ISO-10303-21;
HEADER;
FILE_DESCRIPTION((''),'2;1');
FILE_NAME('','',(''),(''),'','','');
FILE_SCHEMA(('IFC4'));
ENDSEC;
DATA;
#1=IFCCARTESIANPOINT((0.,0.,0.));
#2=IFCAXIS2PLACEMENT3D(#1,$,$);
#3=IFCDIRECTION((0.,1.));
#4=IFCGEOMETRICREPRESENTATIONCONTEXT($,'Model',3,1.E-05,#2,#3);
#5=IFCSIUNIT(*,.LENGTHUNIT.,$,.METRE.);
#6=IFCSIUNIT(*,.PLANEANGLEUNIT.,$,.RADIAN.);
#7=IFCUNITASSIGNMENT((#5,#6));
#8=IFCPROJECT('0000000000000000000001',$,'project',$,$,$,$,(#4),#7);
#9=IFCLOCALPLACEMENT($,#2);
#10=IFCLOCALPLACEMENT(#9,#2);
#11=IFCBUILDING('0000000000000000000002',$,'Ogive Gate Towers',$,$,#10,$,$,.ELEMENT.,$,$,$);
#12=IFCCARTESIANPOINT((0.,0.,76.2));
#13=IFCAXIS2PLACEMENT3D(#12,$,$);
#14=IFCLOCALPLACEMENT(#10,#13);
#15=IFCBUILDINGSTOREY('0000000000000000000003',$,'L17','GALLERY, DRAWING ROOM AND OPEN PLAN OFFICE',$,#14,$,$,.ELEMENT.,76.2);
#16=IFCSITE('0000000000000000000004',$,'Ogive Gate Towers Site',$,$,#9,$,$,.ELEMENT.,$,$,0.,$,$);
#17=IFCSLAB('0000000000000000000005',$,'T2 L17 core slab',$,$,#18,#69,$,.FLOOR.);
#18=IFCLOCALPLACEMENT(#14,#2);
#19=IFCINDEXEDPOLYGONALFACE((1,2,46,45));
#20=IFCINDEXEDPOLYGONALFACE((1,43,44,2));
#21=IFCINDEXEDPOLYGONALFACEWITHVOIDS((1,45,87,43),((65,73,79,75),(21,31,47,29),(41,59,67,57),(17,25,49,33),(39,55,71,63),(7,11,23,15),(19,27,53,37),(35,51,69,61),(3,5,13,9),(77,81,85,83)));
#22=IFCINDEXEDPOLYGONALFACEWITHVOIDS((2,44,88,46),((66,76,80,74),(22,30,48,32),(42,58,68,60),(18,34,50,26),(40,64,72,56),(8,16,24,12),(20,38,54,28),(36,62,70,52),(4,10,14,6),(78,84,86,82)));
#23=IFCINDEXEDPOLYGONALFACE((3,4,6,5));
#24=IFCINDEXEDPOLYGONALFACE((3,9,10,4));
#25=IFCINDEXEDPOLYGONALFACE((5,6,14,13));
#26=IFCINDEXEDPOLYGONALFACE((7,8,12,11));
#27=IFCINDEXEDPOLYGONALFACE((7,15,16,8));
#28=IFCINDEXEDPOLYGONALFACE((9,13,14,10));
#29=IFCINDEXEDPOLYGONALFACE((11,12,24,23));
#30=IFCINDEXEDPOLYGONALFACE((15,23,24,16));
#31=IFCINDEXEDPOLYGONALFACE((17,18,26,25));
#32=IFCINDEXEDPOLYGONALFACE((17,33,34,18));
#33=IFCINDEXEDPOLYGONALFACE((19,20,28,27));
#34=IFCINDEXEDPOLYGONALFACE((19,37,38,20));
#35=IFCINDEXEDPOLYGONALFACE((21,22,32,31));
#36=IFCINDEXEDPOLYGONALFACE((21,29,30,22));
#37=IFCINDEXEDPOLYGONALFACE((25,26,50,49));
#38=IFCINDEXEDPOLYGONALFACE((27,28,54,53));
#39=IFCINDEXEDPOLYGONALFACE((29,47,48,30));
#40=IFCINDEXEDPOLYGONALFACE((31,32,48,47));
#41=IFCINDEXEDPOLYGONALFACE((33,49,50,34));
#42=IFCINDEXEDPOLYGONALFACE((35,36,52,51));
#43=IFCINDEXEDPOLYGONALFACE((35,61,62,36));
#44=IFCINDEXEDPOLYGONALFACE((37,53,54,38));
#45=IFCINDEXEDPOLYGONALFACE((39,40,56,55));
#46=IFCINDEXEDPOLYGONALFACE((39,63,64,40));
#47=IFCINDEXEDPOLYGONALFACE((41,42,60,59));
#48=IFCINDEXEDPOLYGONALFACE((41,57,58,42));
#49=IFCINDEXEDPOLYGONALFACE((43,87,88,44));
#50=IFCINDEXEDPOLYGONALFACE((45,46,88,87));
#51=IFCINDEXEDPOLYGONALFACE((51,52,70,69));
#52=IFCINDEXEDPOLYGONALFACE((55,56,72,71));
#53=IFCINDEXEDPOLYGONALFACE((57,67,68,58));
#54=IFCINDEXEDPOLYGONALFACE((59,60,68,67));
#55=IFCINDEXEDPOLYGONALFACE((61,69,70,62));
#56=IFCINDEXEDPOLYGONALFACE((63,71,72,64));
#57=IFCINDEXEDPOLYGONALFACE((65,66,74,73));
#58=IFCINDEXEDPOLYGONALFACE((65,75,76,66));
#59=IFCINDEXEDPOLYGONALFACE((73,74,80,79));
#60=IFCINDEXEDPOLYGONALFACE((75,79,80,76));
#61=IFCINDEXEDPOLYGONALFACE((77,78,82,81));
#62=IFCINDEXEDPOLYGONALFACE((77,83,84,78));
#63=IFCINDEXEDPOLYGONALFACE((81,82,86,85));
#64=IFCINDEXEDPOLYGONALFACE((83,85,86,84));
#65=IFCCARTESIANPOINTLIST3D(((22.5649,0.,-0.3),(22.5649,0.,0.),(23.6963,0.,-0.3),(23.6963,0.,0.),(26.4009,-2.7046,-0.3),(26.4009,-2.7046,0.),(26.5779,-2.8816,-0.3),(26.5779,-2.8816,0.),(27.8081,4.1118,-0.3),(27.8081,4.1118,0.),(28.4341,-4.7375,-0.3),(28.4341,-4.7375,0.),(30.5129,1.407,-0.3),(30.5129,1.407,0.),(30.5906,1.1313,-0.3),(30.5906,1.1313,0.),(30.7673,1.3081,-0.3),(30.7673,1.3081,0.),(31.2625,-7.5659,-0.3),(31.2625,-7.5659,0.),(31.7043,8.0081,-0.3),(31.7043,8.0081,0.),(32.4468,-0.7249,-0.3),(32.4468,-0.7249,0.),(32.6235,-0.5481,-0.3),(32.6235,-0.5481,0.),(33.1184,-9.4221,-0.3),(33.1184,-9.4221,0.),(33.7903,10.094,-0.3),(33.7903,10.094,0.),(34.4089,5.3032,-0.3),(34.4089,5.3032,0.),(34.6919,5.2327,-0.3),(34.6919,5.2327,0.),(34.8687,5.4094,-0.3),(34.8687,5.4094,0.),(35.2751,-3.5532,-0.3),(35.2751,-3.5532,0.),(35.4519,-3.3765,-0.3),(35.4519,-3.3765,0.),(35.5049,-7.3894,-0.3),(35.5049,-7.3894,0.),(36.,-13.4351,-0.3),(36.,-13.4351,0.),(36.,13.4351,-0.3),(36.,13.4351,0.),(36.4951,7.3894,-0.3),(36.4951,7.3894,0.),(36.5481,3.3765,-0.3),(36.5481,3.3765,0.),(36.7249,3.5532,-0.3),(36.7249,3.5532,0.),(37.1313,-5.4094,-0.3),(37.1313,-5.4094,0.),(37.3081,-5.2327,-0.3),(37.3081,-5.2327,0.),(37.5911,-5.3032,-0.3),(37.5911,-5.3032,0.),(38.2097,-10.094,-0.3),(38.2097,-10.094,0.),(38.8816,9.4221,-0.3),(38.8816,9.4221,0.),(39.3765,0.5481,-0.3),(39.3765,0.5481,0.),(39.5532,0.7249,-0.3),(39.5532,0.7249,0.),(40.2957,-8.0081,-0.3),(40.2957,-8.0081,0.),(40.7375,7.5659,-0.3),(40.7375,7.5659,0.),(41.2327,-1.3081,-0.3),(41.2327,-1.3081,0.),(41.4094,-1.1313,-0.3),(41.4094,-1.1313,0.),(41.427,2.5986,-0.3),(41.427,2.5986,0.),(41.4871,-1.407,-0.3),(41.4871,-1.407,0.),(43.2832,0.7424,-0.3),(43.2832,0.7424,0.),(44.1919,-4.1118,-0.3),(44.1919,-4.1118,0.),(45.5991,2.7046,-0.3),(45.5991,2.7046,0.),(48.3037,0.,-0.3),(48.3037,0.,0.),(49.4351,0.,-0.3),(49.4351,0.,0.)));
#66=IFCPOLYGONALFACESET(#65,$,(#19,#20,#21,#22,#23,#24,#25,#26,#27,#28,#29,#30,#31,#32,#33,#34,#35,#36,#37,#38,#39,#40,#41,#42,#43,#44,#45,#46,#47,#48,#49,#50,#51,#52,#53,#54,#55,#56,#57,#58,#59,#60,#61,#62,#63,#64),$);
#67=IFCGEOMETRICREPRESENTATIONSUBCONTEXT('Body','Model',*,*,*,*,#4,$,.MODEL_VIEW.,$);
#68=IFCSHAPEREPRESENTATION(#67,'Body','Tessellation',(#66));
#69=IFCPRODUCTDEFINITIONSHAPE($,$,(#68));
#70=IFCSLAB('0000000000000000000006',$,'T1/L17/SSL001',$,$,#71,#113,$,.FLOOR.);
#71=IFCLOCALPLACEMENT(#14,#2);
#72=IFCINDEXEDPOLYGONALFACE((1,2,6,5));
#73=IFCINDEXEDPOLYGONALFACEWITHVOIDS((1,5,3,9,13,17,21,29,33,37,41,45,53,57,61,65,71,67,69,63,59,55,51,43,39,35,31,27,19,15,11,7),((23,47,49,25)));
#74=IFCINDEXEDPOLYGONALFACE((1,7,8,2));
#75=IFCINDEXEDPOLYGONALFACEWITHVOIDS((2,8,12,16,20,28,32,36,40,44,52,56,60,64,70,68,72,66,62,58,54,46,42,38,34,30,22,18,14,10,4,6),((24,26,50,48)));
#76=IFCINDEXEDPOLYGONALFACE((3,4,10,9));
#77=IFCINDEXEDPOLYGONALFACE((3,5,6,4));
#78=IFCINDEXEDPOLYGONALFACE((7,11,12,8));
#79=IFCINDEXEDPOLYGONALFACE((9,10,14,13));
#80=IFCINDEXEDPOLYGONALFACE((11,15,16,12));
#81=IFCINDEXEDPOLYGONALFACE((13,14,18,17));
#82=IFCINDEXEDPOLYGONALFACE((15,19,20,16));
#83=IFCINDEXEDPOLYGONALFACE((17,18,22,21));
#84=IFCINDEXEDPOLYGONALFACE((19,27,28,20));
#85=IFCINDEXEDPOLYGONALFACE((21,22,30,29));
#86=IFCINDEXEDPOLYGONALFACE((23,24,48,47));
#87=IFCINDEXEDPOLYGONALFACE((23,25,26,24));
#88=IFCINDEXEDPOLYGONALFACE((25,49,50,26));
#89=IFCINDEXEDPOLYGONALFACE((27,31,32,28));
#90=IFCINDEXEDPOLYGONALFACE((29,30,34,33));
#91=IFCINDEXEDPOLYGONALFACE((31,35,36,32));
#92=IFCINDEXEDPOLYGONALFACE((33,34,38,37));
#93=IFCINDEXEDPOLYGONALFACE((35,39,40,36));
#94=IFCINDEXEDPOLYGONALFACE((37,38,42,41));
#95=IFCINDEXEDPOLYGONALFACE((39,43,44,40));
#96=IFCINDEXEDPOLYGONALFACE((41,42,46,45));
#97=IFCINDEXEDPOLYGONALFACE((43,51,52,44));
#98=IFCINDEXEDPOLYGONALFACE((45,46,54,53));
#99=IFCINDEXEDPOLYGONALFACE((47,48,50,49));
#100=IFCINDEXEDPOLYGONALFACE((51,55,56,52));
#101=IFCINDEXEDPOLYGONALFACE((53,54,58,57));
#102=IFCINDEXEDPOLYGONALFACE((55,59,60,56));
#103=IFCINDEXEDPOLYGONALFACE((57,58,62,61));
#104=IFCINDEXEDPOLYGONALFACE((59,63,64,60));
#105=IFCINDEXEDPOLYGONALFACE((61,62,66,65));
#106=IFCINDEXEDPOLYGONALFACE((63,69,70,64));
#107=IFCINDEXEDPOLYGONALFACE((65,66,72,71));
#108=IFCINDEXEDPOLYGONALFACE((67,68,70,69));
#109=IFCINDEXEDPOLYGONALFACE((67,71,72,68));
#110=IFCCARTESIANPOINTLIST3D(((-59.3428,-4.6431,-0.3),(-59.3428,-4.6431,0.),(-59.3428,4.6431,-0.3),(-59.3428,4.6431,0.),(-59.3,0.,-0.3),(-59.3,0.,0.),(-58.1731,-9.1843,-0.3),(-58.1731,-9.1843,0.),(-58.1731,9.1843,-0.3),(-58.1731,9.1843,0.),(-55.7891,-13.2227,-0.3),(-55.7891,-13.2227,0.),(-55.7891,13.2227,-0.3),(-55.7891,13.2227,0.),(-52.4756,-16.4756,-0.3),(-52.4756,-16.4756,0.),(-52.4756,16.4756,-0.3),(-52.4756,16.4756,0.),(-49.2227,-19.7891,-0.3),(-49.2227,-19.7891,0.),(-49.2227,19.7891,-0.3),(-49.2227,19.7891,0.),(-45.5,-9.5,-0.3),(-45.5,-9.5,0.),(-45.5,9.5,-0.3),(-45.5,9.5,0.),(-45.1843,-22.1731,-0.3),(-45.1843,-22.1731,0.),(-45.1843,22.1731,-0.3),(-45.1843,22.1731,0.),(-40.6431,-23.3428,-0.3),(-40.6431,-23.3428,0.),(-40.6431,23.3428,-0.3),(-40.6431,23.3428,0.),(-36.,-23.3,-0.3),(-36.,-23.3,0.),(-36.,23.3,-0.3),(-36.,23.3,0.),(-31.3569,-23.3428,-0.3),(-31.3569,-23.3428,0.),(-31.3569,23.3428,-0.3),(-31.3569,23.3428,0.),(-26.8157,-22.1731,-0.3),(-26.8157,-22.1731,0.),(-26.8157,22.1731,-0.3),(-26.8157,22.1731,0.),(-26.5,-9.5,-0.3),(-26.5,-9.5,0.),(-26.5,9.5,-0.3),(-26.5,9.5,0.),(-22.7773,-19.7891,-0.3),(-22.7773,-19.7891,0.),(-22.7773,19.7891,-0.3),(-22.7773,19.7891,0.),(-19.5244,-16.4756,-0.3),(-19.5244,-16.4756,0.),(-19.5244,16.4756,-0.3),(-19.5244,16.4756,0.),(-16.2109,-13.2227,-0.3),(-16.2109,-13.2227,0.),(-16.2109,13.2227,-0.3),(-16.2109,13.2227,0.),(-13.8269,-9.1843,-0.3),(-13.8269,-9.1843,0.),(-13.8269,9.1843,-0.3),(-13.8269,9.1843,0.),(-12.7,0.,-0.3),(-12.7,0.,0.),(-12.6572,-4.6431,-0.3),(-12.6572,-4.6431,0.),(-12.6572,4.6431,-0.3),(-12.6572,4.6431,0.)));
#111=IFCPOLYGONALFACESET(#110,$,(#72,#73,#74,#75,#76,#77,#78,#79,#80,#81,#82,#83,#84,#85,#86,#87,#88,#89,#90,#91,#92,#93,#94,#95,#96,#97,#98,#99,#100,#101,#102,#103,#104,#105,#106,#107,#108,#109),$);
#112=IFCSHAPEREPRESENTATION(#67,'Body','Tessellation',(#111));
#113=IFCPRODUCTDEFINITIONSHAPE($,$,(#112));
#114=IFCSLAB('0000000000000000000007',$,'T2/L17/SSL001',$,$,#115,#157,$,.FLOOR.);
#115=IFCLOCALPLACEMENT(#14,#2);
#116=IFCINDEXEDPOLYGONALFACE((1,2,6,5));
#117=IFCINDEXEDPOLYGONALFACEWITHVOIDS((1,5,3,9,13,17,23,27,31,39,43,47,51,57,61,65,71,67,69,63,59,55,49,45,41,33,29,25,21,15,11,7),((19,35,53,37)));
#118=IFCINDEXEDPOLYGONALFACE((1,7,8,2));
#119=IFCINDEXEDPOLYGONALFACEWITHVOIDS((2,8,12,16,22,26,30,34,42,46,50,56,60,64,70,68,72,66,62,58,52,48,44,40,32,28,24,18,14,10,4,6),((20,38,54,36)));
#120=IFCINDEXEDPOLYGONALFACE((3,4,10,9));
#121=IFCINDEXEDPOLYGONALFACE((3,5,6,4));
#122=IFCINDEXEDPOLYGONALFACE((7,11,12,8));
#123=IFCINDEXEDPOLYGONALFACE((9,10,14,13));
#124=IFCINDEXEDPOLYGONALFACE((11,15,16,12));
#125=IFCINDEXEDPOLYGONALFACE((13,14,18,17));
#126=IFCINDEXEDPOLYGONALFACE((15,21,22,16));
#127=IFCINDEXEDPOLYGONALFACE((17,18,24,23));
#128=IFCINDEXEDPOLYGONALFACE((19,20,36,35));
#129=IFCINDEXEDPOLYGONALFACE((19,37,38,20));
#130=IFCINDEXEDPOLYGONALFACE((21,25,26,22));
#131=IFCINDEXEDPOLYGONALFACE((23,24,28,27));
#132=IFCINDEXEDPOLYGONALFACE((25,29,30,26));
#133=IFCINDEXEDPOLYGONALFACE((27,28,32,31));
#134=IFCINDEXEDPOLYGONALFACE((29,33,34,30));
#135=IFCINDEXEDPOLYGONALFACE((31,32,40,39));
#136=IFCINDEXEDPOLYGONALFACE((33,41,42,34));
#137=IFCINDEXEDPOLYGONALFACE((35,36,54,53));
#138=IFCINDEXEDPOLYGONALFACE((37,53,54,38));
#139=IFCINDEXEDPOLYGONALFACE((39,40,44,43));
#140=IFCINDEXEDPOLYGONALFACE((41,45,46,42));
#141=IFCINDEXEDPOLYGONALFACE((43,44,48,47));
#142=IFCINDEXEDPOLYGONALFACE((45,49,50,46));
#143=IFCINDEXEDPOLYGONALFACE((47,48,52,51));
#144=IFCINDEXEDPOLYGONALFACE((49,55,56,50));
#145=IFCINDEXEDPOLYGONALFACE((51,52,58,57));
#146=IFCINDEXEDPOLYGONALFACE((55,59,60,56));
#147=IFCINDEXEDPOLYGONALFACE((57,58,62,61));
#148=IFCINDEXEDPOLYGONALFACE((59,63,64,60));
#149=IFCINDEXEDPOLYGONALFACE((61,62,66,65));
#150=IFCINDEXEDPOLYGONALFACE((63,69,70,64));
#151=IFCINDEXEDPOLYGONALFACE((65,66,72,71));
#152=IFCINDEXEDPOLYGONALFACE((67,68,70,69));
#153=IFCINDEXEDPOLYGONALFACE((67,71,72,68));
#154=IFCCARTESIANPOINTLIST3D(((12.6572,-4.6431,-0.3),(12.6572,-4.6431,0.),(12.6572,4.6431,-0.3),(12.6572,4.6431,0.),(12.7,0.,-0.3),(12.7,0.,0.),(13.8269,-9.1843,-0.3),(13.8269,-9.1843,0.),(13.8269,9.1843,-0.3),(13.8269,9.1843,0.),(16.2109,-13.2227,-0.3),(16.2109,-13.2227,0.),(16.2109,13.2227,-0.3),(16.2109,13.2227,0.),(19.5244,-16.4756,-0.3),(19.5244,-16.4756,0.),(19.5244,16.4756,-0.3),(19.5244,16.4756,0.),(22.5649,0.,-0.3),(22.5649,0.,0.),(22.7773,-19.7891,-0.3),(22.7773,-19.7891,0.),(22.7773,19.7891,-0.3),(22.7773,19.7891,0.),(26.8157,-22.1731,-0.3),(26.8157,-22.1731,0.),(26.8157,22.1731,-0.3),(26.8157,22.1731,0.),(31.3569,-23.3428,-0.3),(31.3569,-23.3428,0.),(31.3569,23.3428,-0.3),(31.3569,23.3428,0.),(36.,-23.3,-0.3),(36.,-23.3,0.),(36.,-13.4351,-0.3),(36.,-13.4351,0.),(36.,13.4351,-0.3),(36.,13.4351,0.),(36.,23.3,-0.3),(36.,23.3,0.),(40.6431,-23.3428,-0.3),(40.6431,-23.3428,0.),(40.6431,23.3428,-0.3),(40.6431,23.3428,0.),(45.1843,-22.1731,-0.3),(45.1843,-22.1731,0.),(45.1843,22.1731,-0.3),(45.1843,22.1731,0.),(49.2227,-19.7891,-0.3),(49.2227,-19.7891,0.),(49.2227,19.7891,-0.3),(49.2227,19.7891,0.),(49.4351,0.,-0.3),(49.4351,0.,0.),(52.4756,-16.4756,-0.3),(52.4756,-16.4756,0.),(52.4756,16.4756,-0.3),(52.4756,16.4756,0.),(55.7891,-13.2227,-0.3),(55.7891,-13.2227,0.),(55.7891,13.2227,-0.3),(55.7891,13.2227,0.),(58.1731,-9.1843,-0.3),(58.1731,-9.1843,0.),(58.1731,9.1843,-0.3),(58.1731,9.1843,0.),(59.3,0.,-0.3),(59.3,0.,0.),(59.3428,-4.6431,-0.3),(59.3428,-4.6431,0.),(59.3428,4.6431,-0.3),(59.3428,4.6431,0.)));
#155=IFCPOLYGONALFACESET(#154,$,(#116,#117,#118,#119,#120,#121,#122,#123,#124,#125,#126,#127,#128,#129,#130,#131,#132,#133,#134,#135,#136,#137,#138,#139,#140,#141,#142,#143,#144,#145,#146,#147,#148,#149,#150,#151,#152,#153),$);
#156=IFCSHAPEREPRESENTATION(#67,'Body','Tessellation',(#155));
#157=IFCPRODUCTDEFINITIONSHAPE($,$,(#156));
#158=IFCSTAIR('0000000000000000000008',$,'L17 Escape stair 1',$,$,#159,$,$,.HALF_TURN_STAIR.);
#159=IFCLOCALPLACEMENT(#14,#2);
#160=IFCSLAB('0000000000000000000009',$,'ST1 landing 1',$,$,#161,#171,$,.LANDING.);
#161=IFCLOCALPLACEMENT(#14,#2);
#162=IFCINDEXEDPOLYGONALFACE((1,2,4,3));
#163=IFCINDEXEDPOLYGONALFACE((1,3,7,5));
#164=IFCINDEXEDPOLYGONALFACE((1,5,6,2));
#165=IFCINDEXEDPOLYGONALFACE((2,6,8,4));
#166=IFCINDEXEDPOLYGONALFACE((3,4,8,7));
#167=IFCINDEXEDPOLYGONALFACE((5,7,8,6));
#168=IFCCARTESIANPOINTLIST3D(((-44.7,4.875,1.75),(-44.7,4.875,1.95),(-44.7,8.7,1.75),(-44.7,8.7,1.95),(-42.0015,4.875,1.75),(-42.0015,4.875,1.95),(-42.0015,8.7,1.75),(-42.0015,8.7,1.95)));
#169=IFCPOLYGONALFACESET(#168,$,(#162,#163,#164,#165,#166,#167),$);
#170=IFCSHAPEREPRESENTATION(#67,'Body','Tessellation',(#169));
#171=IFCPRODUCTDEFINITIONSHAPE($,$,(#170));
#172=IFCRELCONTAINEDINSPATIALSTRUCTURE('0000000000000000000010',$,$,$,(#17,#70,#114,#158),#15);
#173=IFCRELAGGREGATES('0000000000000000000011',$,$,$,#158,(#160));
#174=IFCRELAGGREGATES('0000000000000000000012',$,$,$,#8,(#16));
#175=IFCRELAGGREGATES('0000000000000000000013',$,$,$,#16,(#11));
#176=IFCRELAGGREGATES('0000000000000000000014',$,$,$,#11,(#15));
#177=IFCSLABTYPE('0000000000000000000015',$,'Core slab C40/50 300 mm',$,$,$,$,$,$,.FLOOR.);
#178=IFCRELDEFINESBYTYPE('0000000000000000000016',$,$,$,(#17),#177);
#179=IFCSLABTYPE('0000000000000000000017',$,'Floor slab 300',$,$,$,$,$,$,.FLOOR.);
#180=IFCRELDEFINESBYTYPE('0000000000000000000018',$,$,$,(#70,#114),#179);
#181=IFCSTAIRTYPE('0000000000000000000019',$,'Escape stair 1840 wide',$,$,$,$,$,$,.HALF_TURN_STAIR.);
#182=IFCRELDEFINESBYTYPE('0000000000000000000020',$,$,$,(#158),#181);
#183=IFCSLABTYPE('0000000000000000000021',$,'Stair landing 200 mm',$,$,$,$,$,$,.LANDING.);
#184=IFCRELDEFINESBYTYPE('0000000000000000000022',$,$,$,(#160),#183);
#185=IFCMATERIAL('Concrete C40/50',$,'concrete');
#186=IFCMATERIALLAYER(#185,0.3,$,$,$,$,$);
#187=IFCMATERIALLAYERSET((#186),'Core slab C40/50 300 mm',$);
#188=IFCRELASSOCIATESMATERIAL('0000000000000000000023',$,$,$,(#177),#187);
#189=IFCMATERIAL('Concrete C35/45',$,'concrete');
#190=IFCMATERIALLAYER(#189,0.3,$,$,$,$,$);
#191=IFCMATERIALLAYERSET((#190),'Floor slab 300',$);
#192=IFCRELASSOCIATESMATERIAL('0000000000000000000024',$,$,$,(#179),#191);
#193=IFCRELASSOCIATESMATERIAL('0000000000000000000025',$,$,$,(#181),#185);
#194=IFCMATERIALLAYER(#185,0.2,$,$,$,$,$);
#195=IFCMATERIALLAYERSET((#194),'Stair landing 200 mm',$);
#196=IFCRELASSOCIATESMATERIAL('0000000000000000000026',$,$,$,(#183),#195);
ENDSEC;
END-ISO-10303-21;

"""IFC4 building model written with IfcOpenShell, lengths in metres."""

from ifc_helpers import new_model, si_unit, direction, frame, origin, place, context, subcontext, project, spatial, polyline, outline, extrude, material, layer, layer_set, type_object, element, aggregate, save


model = new_model("IFC4")

# Units and contexts
model_context = context("Model", 3, precision=1e-05, world=origin(), true_north=direction((0.0, 1.0)))
body_context = subcontext(model_context, "Body", "Model", "MODEL_VIEW")
ifc_project = project(units=[si_unit("LENGTHUNIT", "METRE"), si_unit("PLANEANGLEUNIT", "RADIAN")], contexts=[model_context])

# Site, building, storey
site_placement = place(None, origin())
site = spatial("IfcSite", under=ifc_project, at=site_placement, Name="Ogive Gate Towers Site", CompositionType="ELEMENT", RefElevation=0.0)
building_placement = place(site_placement, origin())
building = spatial("IfcBuilding", under=site, at=building_placement, Name="Ogive Gate Towers", CompositionType="ELEMENT")
storey_placement = place(building_placement, frame((0.0, 0.0, 76.2)))
storey = spatial("IfcBuildingStorey", under=building, at=storey_placement, Name="L17", Description="GALLERY, DRAWING ROOM AND OPEN PLAN OFFICE", CompositionType="ELEMENT", Elevation=76.2)

# Slabs
ifc_material_1 = material(Name="Concrete C40/50", Category="concrete")
ifc_layer_1 = layer(ifc_material_1, 0.3)
ifc_layer_set_1 = layer_set([ifc_layer_1], Name="Core slab C40/50 300 mm")
slab_type_1 = type_object("IfcSlabType", Name="Core slab C40/50 300 mm", PredefinedType="FLOOR", material=ifc_layer_set_1)
slab_1_placement = place(storey_placement, frame((0.0, 0.0, -0.3)))
element("IfcSlab", 1, at=slab_1_placement, inside=storey, type_object=slab_type_1, Name="T2 L17 core slab", PredefinedType="FLOOR", context=body_context, shape_type="SweptSolid", body=[
    extrude(outline(polyline([(36.0, 13.4351), (49.4351, 0.0), (36.0, -13.4351), (22.5649, 0.0), (36.0, 13.4351)]), holes=[polyline([(30.5906, 1.1313), (26.5779, -2.8816), (28.4341, -4.7375), (32.4468, -0.7249), (30.5906, 1.1313)]), polyline([(36.5481, 3.3765), (34.6919, 5.2327), (30.7673, 1.3081), (32.6235, -0.5481), (36.5481, 3.3765)]), polyline([(36.7249, 3.5532), (40.7375, 7.5659), (38.8816, 9.4221), (34.8687, 5.4094), (36.7249, 3.5532)]), polyline([(31.2625, -7.5659), (33.1184, -9.4221), (37.1313, -5.4094), (35.2751, -3.5532), (31.2625, -7.5659)]), polyline([(39.3765, 0.5481), (35.4519, -3.3765), (37.3081, -5.2327), (41.2327, -1.3081), (39.3765, 0.5481)]), polyline([(43.2832, 0.7424), (41.427, 2.5986), (39.5532, 0.7249), (41.4094, -1.1313), (43.2832, 0.7424)]), polyline([(34.4089, 5.3032), (36.4951, 7.3894), (33.7903, 10.094), (31.7043, 8.0081), (34.4089, 5.3032)]), polyline([(35.5049, -7.3894), (38.2097, -10.094), (40.2957, -8.0081), (37.5911, -5.3032), (35.5049, -7.3894)]), polyline([(26.4009, -2.7046), (30.5129, 1.407), (27.8081, 4.1118), (23.6963, 0.0), (26.4009, -2.7046)]), polyline([(48.3037, 0.0), (45.5991, 2.7046), (41.4871, -1.407), (44.1919, -4.1118), (48.3037, 0.0)])]), origin(), (0.0, 0.0, 1.0), 0.3),
])
ifc_material_2 = material(Name="Concrete C35/45", Category="concrete")
ifc_layer_2 = layer(ifc_material_2, 0.3)
ifc_layer_set_2 = layer_set([ifc_layer_2], Name="Floor slab 300")
slab_type_2 = type_object("IfcSlabType", Name="Floor slab 300", PredefinedType="FLOOR", material=ifc_layer_set_2)
slab_2_placement = place(storey_placement, frame((0.0, 0.0, -0.3)))
element("IfcSlab", 2, at=slab_2_placement, inside=storey, type_object=slab_type_2, Name="T1/L17/SSL001", PredefinedType="FLOOR", context=body_context, shape_type="SweptSolid", body=[
    extrude(outline(polyline([(-12.6572, -4.6431), (-12.7, 0.0), (-12.6572, 4.6431), (-13.8269, 9.1843), (-16.2109, 13.2227), (-19.5244, 16.4756), (-22.7773, 19.7891), (-26.8157, 22.1731), (-31.3569, 23.3428), (-36.0, 23.3), (-40.6431, 23.3428), (-45.1843, 22.1731), (-49.2227, 19.7891), (-52.4756, 16.4756), (-55.7891, 13.2227), (-58.1731, 9.1843), (-59.3428, 4.6431), (-59.3, 0.0), (-59.3428, -4.6431), (-58.1731, -9.1843), (-55.7891, -13.2227), (-52.4756, -16.4756), (-49.2227, -19.7891), (-45.1843, -22.1731), (-40.6431, -23.3428), (-36.0, -23.3), (-31.3569, -23.3428), (-26.8157, -22.1731), (-22.7773, -19.7891), (-19.5244, -16.4756), (-16.2109, -13.2227), (-13.8269, -9.1843), (-12.6572, -4.6431)]), holes=[polyline([(-26.5, -9.5), (-45.5, -9.5), (-45.5, 9.5), (-26.5, 9.5), (-26.5, -9.5)])]), origin(), (0.0, 0.0, 1.0), 0.3),
])
slab_3_placement = place(storey_placement, frame((0.0, 0.0, -0.3)))
element("IfcSlab", 3, at=slab_3_placement, inside=storey, type_object=slab_type_2, Name="T2/L17/SSL001", PredefinedType="FLOOR", context=body_context, shape_type="SweptSolid", body=[
    extrude(outline(polyline([(59.3428, -4.6431), (59.3, 0.0), (59.3428, 4.6431), (58.1731, 9.1843), (55.7891, 13.2227), (52.4756, 16.4756), (49.2227, 19.7891), (45.1843, 22.1731), (40.6431, 23.3428), (36.0, 23.3), (31.3569, 23.3428), (26.8157, 22.1731), (22.7773, 19.7891), (19.5244, 16.4756), (16.2109, 13.2227), (13.8269, 9.1843), (12.6572, 4.6431), (12.7, 0.0), (12.6572, -4.6431), (13.8269, -9.1843), (16.2109, -13.2227), (19.5244, -16.4756), (22.7773, -19.7891), (26.8157, -22.1731), (31.3569, -23.3428), (36.0, -23.3), (40.6431, -23.3428), (45.1843, -22.1731), (49.2227, -19.7891), (52.4756, -16.4756), (55.7891, -13.2227), (58.1731, -9.1843), (59.3428, -4.6431)]), holes=[polyline([(49.4351, 0.0), (36.0, -13.4351), (22.5649, 0.0), (36.0, 13.4351), (49.4351, 0.0)])]), origin(), (0.0, 0.0, 1.0), 0.3),
])

# Stair, slab
stair_type = type_object("IfcStairType", Name="Escape stair 1840 wide", PredefinedType="HALF_TURN_STAIR", material=ifc_material_1)
stair_placement = place(storey_placement, origin())
stair = element("IfcStair", 4, at=stair_placement, inside=storey, type_object=stair_type, Name="L17 Escape stair 1", PredefinedType="HALF_TURN_STAIR")
ifc_layer_3 = layer(ifc_material_1, 0.2)
ifc_layer_set_3 = layer_set([ifc_layer_3], Name="Stair landing 200 mm")
slab_type_3 = type_object("IfcSlabType", Name="Stair landing 200 mm", PredefinedType="LANDING", material=ifc_layer_set_3)
slab_4_placement = place(storey_placement, frame((0.0, 0.0, 1.75)))
slab_4 = element("IfcSlab", 5, at=slab_4_placement, type_object=slab_type_3, Name="ST1 landing 1", PredefinedType="LANDING", context=body_context, shape_type="SweptSolid", body=[
    extrude(outline(polyline([(-42.0015, 8.7), (-44.7, 8.7), (-44.7, 4.875), (-42.0015, 4.875), (-42.0015, 8.7)])), origin(), (0.0, 0.0, 1.0), 0.2),
])
aggregate(stair, [slab_4])

save(model, "model.ifc")
